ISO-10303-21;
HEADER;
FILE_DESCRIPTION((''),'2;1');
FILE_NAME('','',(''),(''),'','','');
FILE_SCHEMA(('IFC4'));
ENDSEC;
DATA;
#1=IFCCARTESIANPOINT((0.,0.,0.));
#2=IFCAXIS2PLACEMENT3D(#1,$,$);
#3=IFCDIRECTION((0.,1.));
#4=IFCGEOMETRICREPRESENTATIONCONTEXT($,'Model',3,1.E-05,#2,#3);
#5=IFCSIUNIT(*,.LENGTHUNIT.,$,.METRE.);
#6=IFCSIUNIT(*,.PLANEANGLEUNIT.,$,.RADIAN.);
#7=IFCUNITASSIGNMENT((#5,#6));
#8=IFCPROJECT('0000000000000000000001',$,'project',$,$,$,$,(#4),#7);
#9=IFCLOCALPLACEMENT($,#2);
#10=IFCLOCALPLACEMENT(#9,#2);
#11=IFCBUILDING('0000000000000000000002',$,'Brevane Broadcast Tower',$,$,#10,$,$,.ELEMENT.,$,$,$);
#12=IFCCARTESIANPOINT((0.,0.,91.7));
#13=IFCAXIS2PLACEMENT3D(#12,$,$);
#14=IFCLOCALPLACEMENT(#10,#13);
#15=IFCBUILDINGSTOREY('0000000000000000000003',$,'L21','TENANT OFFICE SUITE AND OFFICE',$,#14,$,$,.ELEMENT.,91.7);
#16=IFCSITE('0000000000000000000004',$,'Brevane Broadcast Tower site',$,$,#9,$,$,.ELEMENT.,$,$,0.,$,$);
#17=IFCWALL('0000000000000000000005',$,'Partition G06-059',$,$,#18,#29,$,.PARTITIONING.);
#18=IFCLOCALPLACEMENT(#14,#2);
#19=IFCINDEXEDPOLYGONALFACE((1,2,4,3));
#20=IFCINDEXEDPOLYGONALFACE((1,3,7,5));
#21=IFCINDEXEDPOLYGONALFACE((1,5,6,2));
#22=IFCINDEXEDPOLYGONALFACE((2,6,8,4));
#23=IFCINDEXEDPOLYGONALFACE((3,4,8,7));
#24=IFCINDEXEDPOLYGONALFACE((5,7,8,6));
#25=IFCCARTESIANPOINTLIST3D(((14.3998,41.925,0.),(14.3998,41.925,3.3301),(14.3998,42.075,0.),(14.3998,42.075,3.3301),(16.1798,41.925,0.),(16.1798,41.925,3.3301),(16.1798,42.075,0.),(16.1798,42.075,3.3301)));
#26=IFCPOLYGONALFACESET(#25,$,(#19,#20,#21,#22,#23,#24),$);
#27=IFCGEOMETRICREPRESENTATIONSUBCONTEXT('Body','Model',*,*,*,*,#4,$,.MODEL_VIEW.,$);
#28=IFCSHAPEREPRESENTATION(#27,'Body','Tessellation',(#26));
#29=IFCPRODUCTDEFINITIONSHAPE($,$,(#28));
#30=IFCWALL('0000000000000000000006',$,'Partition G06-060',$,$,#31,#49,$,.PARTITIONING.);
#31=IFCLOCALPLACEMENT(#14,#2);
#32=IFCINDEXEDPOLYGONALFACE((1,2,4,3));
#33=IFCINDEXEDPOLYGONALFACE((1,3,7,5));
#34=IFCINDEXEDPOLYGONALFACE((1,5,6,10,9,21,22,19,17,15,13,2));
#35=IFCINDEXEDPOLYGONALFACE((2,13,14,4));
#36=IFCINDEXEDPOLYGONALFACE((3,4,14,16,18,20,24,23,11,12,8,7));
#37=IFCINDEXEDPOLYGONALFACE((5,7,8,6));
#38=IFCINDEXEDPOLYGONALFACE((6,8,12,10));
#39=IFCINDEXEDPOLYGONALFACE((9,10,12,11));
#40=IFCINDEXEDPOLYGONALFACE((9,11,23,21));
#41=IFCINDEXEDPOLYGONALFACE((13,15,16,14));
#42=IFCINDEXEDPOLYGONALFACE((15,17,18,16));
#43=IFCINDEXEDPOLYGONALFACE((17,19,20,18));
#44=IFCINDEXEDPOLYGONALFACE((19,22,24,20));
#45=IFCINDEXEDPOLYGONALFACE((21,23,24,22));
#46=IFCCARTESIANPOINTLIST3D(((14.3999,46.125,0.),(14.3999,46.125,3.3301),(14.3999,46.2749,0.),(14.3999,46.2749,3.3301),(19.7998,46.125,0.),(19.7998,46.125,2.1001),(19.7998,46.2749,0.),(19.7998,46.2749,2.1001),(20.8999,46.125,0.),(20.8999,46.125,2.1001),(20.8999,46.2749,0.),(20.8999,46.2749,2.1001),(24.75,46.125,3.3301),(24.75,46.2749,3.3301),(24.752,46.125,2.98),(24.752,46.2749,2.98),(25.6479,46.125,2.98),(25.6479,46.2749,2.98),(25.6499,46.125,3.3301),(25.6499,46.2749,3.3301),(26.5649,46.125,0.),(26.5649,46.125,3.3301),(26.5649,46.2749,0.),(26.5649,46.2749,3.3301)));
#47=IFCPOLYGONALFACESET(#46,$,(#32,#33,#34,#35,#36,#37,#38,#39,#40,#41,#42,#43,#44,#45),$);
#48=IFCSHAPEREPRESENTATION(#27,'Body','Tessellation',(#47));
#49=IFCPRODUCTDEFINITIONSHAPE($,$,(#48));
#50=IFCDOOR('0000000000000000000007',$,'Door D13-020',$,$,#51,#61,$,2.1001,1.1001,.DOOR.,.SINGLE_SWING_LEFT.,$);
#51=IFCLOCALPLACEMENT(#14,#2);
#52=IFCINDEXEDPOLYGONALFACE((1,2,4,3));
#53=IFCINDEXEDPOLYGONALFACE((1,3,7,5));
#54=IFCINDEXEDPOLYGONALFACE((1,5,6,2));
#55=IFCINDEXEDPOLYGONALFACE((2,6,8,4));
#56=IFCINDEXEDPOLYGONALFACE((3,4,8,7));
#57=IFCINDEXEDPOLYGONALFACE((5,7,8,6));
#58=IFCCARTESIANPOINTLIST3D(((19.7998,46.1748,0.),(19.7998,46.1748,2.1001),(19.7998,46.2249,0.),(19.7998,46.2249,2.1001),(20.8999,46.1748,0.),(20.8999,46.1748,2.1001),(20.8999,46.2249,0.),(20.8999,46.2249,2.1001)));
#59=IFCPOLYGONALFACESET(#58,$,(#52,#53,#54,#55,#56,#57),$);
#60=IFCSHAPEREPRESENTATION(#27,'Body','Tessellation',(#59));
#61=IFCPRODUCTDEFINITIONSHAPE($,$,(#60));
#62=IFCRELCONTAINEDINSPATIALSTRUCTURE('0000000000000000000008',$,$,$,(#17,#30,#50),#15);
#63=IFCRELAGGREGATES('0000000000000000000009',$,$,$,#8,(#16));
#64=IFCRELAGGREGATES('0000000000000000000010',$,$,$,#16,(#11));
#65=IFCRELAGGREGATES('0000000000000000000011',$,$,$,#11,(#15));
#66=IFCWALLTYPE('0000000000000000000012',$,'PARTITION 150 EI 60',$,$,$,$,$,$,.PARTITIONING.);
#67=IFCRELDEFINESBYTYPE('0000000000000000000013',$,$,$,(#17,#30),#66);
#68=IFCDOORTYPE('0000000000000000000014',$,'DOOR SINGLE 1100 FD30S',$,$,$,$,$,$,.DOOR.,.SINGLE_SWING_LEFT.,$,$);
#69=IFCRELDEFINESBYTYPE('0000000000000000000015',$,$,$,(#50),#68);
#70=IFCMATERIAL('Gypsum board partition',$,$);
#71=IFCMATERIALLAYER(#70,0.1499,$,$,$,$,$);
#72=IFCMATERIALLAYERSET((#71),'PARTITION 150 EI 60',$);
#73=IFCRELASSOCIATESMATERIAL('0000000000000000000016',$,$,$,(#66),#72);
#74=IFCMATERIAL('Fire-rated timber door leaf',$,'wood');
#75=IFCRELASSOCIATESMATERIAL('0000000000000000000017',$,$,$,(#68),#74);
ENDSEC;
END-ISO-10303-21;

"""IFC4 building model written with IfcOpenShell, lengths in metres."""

from ifc_helpers import new_model, si_unit, direction, frame, frame_2d, origin, place, context, subcontext, project, spatial, polyline, rectangle, outline, extrude, material, layer, layer_set, type_object, element, fill, save


model = new_model("IFC4")

# Units and contexts
model_context = context("Model", 3, precision=1e-05, world=origin(), true_north=direction((0.0, 1.0)))
body_context = subcontext(model_context, "Body", "Model", "MODEL_VIEW")
ifc_project = project(units=[si_unit("LENGTHUNIT", "METRE"), si_unit("PLANEANGLEUNIT", "RADIAN")], contexts=[model_context])

# Site, building, storey
site_placement = place(None, origin())
site = spatial("IfcSite", under=ifc_project, at=site_placement, Name="Brevane Broadcast Tower site", CompositionType="ELEMENT", RefElevation=0.0)
building_placement = place(site_placement, origin())
building = spatial("IfcBuilding", under=site, at=building_placement, Name="Brevane Broadcast Tower", CompositionType="ELEMENT")
storey_placement = place(building_placement, frame((0.0, 0.0, 91.7)))
storey = spatial("IfcBuildingStorey", under=building, at=storey_placement, Name="L21", Description="TENANT OFFICE SUITE AND OFFICE", CompositionType="ELEMENT", Elevation=91.7)

# Shared definitions
ifc_material_1 = material(Name="Gypsum board partition")
ifc_layer_1 = layer(ifc_material_1, 0.1499)
ifc_layer_set_1 = layer_set([ifc_layer_1], Name="PARTITION 150 EI 60")
wall_type_1 = type_object("IfcWallType", Name="PARTITION 150 EI 60", PredefinedType="PARTITIONING", material=ifc_layer_set_1)

# Shared definitions
ifc_material_2 = material(Name="Fire-rated timber door leaf", Category="wood")
door_type_1 = type_object("IfcDoorType", Name="DOOR SINGLE 1100 FD30S", OperationType="SINGLE_SWING_LEFT", PredefinedType="DOOR", material=ifc_material_2)

# Wall
wall_1_placement = place(storey_placement, frame((16.1799, 42.0, 0.0), z_axis=(0.0, 0.0, 1.0), x_axis=(-1.0, 0.0, 0.0)))
element("IfcWall", 1, at=wall_1_placement, inside=storey, type_object=wall_type_1, Name="Partition G06-059", PredefinedType="PARTITIONING", context=body_context, shape_type="SweptSolid", body=[
    extrude(rectangle(XDim=1.78, YDim=0.1499, at=frame_2d((0.8901, 0.0))), origin(), (0.0, 0.0, 1.0), 3.3301),
])

# Wall, opening, door
wall_2_placement = place(storey_placement, frame((14.3999, 46.2, 0.0), z_axis=(0.0, 0.0, 1.0), x_axis=(1.0, 0.0, 0.0)))
wall_2 = element("IfcWall", 2, at=wall_2_placement, inside=storey, type_object=wall_type_1, Name="Partition G06-060", PredefinedType="PARTITIONING", context=body_context, shape_type="SweptSolid", body=[
    extrude(outline(polyline([(0.0, 0.0), (12.165, 0.0), (12.165, 3.3301), (11.8999, 3.3301), (11.25, 3.3301), (11.248, 2.98), (10.3521, 2.98), (10.3501, 3.3301), (0.0, 3.3301), (0.0, 0.0)])), frame((0.0, 0.075, 0.0), z_axis=(0.0, -1.0, 0.0), x_axis=(1.0, 0.0, 0.0)), (0.0, 0.0, 1.0), 0.1499),
])
opening_1_placement = place(wall_2_placement, frame((5.3999, 0.0, 0.0)))
opening_1 = element("IfcOpeningElement", 3, at=opening_1_placement, cuts=wall_2, PredefinedType="OPENING", context=body_context, shape_type="SweptSolid", body=[
    extrude(rectangle(XDim=1.1001, YDim=2.1001, at=frame_2d((0.55, 1.05))), frame((0.0, 0.085, 0.0), z_axis=(0.0, -1.0, 0.0), x_axis=(1.0, 0.0, 0.0)), (0.0, 0.0, 1.0), 0.1699),
])
door_1_placement = place(opening_1_placement, origin())
door_1 = element("IfcDoor", 4, at=door_1_placement, inside=storey, type_object=door_type_1, Name="Door D13-020", OperationType="SINGLE_SWING_LEFT", OverallHeight=2.1001, OverallWidth=1.1001, PredefinedType="DOOR", context=body_context, shape_type="SweptSolid", body=[
    extrude(rectangle(XDim=1.1001, YDim=2.1001, at=frame_2d((0.55, 1.05))), frame((0.0, 0.0249, 0.0), z_axis=(0.0, -1.0, 0.0), x_axis=(1.0, 0.0, 0.0)), (0.0, 0.0, 1.0), 0.05),
])
fill(opening_1, door_1)

save(model, "model.ifc")
